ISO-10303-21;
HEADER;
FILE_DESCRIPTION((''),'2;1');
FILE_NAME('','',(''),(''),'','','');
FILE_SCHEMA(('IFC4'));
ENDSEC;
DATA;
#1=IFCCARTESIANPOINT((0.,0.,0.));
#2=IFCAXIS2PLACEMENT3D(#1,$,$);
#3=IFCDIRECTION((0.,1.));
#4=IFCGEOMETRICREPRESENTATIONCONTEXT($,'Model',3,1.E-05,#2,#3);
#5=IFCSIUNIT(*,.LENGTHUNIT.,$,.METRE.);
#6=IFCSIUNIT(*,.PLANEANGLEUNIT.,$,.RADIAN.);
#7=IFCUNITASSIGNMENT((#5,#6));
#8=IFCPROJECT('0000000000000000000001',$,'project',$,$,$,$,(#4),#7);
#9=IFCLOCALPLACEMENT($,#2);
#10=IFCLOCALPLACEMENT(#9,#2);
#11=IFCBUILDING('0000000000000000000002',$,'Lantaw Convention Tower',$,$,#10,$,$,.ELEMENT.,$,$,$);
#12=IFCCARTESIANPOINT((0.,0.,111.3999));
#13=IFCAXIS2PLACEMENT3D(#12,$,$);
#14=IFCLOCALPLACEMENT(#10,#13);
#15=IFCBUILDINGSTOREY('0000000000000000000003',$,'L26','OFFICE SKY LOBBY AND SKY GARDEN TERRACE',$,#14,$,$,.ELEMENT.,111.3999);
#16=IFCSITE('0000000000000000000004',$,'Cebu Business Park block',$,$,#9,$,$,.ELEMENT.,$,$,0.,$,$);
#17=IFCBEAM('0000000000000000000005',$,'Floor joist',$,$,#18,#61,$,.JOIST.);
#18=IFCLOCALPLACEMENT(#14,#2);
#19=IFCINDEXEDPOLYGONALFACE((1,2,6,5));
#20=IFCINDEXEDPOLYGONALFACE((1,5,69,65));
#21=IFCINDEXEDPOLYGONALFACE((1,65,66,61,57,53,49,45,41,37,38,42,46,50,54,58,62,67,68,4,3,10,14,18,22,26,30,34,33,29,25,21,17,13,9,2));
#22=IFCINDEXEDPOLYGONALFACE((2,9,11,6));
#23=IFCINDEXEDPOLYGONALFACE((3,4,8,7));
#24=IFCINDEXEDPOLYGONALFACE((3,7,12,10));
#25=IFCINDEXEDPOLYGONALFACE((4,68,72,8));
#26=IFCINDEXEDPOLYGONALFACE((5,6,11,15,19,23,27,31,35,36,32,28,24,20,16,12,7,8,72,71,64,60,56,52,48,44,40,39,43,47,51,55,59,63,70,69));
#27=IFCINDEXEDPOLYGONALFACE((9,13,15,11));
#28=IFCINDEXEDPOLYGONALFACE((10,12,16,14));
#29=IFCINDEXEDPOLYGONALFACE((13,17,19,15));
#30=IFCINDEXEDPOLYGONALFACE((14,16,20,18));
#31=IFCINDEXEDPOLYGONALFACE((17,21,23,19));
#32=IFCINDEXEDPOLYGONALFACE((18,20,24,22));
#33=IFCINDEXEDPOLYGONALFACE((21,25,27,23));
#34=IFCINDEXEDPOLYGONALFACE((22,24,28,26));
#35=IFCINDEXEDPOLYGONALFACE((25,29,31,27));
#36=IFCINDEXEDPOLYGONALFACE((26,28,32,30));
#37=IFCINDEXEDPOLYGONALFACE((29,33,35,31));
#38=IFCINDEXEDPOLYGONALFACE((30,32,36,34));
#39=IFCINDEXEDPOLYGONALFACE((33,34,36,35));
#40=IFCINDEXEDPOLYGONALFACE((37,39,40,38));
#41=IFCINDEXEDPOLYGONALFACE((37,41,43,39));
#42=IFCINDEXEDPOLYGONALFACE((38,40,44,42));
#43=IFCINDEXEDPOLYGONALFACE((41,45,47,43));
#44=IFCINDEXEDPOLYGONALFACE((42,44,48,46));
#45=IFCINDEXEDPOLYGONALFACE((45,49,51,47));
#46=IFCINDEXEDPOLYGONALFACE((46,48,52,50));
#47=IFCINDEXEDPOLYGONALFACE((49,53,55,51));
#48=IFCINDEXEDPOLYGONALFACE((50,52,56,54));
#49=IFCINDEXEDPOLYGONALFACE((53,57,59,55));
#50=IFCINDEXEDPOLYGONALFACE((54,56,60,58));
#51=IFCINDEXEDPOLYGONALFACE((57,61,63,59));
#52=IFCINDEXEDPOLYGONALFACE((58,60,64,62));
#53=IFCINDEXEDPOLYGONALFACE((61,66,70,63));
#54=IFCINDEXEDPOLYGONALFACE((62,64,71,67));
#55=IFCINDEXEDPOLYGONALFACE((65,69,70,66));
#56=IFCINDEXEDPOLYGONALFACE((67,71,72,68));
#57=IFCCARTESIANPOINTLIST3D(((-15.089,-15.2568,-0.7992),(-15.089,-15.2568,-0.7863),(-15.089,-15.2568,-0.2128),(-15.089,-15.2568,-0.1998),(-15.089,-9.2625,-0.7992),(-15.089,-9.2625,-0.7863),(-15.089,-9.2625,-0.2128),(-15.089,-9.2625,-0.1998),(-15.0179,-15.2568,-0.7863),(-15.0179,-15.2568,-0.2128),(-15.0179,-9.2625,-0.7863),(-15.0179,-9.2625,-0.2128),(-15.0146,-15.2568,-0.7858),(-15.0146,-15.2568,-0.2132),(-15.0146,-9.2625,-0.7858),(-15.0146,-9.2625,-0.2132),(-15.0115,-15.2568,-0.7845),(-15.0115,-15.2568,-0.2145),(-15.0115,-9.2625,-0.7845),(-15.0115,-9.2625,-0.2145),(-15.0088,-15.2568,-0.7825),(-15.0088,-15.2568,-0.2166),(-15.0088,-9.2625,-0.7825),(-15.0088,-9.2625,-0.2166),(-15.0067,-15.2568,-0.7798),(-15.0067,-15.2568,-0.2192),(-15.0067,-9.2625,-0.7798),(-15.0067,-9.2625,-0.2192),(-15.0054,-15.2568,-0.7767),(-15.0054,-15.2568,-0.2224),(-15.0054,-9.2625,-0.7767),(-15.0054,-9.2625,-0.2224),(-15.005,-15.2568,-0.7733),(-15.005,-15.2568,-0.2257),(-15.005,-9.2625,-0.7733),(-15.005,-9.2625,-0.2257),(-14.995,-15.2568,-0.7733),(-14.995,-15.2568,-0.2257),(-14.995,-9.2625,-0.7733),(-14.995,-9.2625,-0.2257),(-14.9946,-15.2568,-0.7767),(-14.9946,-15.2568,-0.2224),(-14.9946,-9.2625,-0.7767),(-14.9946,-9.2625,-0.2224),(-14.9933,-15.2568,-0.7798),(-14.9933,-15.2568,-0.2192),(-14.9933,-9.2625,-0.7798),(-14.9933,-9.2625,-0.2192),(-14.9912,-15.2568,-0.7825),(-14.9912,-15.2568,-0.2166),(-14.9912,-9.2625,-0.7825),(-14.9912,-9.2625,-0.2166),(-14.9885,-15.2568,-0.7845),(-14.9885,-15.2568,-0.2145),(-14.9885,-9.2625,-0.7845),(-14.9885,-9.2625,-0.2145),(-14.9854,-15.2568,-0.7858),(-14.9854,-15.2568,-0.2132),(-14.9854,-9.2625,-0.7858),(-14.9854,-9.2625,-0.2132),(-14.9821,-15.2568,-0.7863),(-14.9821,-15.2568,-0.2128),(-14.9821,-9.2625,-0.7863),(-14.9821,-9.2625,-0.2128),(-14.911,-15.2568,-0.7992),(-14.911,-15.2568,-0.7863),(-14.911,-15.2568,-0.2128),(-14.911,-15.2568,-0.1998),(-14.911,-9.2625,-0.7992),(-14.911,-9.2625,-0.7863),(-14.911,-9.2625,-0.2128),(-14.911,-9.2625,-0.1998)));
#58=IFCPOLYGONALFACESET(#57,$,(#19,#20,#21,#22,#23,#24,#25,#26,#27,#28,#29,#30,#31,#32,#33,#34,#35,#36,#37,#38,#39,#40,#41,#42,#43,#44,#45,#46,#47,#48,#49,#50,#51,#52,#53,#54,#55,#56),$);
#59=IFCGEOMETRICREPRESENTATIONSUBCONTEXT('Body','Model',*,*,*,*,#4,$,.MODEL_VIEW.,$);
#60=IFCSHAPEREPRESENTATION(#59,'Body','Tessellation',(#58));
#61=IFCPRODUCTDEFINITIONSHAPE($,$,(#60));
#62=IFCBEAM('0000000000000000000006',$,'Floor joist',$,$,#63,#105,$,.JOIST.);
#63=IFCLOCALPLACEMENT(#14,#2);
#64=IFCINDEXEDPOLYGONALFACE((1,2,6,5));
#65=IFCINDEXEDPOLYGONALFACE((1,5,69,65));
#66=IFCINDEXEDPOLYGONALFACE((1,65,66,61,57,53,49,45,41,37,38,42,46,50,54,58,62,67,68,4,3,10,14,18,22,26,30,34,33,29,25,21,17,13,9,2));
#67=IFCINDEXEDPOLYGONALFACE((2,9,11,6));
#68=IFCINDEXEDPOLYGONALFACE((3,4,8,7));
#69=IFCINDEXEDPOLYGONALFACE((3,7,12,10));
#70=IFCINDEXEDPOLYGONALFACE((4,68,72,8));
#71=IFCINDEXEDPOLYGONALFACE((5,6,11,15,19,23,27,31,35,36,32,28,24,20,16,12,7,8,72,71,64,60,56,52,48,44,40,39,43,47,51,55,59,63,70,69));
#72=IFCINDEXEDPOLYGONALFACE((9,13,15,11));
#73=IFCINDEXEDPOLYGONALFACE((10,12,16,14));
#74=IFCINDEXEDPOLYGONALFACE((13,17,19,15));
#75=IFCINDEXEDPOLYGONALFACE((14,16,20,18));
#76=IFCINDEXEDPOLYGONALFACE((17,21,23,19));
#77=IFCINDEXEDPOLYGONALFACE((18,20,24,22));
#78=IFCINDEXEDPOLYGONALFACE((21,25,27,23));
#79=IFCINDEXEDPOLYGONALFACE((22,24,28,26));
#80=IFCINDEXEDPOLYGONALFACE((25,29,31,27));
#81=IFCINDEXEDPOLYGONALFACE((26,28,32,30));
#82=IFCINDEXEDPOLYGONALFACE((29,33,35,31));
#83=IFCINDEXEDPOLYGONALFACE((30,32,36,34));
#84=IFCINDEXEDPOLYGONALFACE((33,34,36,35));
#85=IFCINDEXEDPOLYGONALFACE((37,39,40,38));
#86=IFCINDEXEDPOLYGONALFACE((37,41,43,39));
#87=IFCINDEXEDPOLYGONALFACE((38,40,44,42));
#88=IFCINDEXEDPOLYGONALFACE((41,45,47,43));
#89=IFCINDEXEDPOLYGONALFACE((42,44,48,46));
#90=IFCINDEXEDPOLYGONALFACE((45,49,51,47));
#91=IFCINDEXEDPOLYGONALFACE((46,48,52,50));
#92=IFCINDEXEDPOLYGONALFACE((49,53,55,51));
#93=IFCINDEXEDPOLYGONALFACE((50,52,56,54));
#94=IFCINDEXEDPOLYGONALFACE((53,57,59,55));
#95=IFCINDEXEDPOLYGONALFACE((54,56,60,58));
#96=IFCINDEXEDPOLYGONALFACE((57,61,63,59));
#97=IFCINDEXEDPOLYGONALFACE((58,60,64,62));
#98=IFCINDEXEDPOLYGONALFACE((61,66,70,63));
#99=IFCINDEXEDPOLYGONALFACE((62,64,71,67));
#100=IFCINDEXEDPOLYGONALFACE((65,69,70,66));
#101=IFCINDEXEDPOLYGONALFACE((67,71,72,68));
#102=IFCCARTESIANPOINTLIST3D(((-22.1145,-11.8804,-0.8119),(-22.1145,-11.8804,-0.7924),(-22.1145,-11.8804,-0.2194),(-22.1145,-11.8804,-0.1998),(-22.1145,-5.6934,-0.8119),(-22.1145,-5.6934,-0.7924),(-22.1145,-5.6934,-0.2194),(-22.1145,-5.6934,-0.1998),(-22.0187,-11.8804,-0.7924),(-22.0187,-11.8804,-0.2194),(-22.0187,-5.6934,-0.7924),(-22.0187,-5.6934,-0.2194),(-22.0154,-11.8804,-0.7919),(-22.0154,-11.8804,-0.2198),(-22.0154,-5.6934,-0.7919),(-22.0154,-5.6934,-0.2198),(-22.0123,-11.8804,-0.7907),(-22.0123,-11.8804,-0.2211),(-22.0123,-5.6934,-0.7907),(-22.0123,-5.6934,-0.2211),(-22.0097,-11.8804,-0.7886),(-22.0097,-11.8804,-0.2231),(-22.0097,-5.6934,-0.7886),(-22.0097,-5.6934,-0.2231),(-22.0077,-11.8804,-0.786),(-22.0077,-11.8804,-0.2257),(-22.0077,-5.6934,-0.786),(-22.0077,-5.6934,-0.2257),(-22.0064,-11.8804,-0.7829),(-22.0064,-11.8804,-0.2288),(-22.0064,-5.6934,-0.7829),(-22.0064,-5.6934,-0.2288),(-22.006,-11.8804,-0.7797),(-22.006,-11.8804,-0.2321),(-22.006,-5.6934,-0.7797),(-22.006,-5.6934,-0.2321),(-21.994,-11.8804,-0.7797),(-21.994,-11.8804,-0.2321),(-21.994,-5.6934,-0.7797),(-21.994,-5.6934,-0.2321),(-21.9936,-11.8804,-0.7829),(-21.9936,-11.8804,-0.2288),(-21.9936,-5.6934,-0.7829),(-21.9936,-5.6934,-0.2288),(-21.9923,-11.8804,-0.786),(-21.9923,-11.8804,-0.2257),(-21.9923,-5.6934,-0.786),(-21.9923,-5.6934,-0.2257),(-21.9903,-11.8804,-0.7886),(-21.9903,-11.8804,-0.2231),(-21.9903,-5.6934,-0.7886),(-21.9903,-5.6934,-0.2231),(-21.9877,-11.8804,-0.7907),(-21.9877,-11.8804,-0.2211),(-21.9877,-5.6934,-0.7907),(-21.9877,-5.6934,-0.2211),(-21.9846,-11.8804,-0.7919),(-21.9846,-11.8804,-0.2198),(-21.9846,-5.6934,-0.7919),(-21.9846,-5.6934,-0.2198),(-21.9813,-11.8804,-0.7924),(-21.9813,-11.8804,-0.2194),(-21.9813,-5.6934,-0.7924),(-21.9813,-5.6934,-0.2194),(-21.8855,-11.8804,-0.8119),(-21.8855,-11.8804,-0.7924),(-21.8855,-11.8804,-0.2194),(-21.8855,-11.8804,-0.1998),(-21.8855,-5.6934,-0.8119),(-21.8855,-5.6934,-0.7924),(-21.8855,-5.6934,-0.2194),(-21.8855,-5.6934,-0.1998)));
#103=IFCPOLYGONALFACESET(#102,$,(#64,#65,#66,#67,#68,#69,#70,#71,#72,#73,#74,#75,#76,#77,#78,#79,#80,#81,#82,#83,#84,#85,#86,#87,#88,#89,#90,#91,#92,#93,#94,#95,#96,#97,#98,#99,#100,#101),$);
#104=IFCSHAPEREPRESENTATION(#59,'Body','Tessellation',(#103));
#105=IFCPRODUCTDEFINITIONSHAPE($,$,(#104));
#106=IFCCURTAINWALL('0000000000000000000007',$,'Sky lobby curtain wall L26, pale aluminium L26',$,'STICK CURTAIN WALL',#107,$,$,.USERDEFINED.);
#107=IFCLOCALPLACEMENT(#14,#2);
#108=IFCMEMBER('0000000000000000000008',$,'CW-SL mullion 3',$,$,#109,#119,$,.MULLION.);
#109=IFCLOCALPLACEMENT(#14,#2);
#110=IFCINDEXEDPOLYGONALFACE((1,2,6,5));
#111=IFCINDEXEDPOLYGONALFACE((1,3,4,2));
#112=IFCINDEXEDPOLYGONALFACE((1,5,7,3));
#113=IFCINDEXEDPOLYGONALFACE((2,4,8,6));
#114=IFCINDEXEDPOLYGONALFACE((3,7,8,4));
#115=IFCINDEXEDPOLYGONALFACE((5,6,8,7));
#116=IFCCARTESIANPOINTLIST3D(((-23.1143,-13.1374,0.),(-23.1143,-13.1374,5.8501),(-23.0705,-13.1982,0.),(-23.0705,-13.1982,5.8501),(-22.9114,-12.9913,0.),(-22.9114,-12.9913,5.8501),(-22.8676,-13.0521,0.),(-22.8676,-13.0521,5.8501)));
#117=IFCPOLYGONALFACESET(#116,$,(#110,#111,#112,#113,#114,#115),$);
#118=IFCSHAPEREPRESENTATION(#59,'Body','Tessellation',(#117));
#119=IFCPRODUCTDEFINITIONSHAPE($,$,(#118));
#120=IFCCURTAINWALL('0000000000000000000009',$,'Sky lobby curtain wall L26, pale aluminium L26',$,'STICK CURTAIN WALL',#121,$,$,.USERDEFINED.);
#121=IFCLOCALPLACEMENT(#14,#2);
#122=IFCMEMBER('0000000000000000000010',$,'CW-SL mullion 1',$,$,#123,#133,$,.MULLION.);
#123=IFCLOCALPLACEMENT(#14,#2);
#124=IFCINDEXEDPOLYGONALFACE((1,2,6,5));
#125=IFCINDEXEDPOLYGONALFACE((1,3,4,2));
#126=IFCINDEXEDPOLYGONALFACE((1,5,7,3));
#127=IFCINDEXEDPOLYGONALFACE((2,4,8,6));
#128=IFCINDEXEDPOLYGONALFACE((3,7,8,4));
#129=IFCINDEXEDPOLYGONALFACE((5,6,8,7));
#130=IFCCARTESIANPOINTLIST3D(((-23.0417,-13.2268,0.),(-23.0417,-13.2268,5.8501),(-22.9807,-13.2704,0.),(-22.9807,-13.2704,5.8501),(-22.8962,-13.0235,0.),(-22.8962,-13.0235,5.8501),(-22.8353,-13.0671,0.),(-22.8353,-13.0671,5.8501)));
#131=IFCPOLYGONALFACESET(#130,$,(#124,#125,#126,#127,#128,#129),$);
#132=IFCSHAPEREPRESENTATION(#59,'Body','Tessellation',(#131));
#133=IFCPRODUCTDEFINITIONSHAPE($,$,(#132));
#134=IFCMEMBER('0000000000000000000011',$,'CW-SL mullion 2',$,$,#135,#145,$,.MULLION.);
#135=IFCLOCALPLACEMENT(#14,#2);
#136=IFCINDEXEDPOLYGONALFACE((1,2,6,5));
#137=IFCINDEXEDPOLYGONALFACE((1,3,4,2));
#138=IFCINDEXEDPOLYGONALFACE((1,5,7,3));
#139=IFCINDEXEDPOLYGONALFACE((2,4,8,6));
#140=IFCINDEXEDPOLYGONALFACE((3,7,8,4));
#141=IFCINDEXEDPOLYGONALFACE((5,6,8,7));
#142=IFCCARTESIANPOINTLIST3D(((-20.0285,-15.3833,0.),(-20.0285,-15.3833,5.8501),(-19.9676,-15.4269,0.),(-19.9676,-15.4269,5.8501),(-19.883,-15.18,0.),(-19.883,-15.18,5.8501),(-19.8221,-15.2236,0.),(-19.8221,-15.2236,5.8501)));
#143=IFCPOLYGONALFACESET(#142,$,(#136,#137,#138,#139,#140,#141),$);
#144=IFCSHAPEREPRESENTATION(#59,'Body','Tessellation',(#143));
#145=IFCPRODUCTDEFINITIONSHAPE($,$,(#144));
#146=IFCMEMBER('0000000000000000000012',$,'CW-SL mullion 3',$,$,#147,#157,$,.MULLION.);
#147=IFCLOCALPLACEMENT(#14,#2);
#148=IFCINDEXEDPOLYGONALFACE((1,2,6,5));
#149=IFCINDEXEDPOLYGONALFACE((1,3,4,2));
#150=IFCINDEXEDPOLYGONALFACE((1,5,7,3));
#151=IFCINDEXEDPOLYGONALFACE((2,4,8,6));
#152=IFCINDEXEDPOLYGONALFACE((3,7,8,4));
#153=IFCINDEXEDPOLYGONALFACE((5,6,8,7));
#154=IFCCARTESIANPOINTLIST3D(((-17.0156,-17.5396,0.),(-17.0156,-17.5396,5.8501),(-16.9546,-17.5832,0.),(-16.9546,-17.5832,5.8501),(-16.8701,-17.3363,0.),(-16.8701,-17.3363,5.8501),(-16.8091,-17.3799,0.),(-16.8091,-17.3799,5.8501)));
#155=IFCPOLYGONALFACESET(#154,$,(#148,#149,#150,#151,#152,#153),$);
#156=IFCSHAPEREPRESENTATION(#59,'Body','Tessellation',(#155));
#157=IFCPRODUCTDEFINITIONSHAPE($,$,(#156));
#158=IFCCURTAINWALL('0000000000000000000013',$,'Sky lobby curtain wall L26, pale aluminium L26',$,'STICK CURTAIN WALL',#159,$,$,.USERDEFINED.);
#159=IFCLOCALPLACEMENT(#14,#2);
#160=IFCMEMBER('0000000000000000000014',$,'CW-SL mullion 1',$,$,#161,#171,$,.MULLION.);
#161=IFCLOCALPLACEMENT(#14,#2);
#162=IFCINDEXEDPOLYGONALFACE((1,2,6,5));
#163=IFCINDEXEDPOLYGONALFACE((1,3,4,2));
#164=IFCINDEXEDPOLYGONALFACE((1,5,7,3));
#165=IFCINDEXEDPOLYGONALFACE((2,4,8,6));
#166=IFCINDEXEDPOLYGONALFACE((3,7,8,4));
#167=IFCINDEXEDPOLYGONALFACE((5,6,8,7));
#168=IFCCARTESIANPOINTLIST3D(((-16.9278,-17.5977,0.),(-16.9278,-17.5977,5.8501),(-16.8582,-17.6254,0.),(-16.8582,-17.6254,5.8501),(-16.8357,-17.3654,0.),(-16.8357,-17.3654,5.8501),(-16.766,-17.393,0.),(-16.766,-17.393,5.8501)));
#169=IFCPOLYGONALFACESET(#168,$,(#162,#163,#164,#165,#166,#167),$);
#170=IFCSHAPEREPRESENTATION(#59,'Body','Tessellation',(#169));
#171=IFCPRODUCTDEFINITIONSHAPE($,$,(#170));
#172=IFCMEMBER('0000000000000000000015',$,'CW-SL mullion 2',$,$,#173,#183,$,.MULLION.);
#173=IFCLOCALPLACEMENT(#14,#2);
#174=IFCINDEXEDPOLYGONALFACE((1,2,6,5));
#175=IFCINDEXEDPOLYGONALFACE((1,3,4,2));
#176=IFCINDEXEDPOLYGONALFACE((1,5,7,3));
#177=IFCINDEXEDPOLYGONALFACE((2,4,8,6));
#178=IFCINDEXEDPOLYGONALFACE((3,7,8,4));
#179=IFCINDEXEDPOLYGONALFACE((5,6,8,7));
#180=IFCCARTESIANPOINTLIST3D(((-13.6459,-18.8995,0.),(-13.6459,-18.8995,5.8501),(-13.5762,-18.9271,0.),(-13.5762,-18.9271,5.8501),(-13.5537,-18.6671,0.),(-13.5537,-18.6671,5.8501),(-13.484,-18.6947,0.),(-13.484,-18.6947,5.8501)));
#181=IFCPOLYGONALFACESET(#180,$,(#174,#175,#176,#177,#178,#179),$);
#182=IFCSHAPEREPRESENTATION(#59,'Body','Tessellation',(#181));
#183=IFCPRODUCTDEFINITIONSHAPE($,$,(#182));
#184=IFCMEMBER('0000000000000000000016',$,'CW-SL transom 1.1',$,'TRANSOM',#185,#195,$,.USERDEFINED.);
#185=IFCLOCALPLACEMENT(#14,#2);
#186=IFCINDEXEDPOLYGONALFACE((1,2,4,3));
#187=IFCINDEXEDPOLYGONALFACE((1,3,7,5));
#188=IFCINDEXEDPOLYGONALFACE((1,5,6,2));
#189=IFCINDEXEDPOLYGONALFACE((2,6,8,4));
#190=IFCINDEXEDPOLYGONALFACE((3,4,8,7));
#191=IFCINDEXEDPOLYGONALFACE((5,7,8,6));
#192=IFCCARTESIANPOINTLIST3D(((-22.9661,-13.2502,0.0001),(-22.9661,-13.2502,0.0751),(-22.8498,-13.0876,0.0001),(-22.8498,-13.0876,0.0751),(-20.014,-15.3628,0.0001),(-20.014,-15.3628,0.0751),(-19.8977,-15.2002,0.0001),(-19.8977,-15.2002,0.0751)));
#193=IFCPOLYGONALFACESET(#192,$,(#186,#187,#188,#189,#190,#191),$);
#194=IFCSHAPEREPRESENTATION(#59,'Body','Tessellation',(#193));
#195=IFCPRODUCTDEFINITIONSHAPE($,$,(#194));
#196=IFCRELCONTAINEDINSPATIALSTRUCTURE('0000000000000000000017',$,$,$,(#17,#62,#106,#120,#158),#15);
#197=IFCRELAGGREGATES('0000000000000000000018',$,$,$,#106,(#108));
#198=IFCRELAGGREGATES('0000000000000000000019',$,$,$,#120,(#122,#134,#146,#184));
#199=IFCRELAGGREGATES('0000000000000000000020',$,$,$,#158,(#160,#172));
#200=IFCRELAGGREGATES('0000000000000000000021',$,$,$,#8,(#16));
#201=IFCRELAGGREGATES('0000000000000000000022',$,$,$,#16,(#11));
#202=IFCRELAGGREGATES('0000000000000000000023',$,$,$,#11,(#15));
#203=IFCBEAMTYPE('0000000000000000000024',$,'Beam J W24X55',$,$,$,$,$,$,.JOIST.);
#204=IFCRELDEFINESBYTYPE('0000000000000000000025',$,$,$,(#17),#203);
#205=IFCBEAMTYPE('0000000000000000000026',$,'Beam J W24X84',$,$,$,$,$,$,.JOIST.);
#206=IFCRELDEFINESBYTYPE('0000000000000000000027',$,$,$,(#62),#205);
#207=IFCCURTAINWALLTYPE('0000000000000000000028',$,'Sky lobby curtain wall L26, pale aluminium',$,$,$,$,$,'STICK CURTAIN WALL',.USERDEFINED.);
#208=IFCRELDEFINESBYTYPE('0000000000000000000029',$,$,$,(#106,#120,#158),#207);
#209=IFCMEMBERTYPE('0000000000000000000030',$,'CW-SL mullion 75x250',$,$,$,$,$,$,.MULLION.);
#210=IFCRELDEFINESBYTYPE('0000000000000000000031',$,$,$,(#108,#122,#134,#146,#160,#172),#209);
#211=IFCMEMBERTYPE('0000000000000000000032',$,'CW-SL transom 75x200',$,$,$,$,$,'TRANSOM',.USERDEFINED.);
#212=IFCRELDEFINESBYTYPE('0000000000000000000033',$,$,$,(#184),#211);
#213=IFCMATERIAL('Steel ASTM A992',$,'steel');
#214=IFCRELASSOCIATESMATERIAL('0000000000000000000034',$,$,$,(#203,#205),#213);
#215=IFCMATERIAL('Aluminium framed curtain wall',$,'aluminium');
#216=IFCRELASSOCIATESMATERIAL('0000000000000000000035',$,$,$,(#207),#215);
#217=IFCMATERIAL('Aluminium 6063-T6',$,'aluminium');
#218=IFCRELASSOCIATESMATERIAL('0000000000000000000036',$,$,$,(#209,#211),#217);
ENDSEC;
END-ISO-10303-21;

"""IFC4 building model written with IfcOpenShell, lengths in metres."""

from ifc_helpers import new_model, si_unit, direction, frame, origin, origin_2d, place, context, subcontext, project, spatial, rectangle, i_section, extrude, material, material_profile, profile_set, type_object, element, aggregate, save


model = new_model("IFC4")

# Units and contexts
model_context = context("Model", 3, precision=1e-05, world=origin(), true_north=direction((0.0, 1.0)))
body_context = subcontext(model_context, "Body", "Model", "MODEL_VIEW")
ifc_project = project(units=[si_unit("LENGTHUNIT", "METRE"), si_unit("PLANEANGLEUNIT", "RADIAN")], contexts=[model_context])

# Site, building, storey
site_placement = place(None, origin())
site = spatial("IfcSite", under=ifc_project, at=site_placement, Name="Cebu Business Park block", CompositionType="ELEMENT", RefElevation=0.0)
building_placement = place(site_placement, origin())
building = spatial("IfcBuilding", under=site, at=building_placement, Name="Lantaw Convention Tower", CompositionType="ELEMENT")
storey_placement = place(building_placement, frame((0.0, 0.0, 111.3999)))
storey = spatial("IfcBuildingStorey", under=building, at=storey_placement, Name="L26", Description="OFFICE SKY LOBBY AND SKY GARDEN TERRACE", CompositionType="ELEMENT", Elevation=111.3999)

# Beams
ifc_material_1 = material(Name="Steel ASTM A992", Category="steel")
ifc_material_profile_1 = material_profile(ifc_material_1, i_section(OverallWidth=0.178, OverallDepth=0.5994, WebThickness=0.01, FlangeThickness=0.0129, FilletRadius=0.0129, at=origin_2d()), Name="W24X55")
ifc_profile_set_1 = profile_set([ifc_material_profile_1], Name="Steel ASTM A992")
beam_type_1 = type_object("IfcBeamType", Name="Beam J W24X55", PredefinedType="JOIST", material=ifc_profile_set_1)
beam_1_placement = place(storey_placement, frame((-15.0, -15.2568, -0.4995), z_axis=(0.0, 1.0, 0.0), x_axis=(-1.0, 0.0, 0.0)))
element("IfcBeam", 1, at=beam_1_placement, inside=storey, type_object=beam_type_1, Name="Floor joist", PredefinedType="JOIST", context=body_context, shape_type="SweptSolid", body=[
    extrude(i_section(OverallWidth=0.178, OverallDepth=0.5994, WebThickness=0.01, FlangeThickness=0.0129, FilletRadius=0.0129, at=origin_2d()), origin(), (0.0, 0.0, 1.0), 5.9944),
])
ifc_material_profile_2 = material_profile(ifc_material_1, i_section(OverallWidth=0.229, OverallDepth=0.6121, WebThickness=0.012, FlangeThickness=0.0195, FilletRadius=0.0127, at=origin_2d()), Name="W24X84")
ifc_profile_set_2 = profile_set([ifc_material_profile_2], Name="Steel ASTM A992")
beam_type_2 = type_object("IfcBeamType", Name="Beam J W24X84", PredefinedType="JOIST", material=ifc_profile_set_2)
beam_2_placement = place(storey_placement, frame((-22.0, -11.8804, -0.5059), z_axis=(0.0, 1.0, 0.0), x_axis=(-1.0, 0.0, 0.0)))
element("IfcBeam", 2, at=beam_2_placement, inside=storey, type_object=beam_type_2, Name="Floor joist", PredefinedType="JOIST", context=body_context, shape_type="SweptSolid", body=[
    extrude(i_section(OverallWidth=0.229, OverallDepth=0.6121, WebThickness=0.012, FlangeThickness=0.0195, FilletRadius=0.0127, at=origin_2d()), origin(), (0.0, 0.0, 1.0), 6.187),
])

# Curtain wall, member
ifc_material_2 = material(Name="Aluminium framed curtain wall", Category="aluminium")
curtain_wall_type = type_object("IfcCurtainWallType", Name="Sky lobby curtain wall L26, pale aluminium", ElementType="STICK CURTAIN WALL", PredefinedType="USERDEFINED", material=ifc_material_2)
curtain_wall_1_placement = place(storey_placement, origin())
curtain_wall_1 = element("IfcCurtainWall", 3, at=curtain_wall_1_placement, inside=storey, type_object=curtain_wall_type, Name="Sky lobby curtain wall L26, pale aluminium L26", ObjectType="STICK CURTAIN WALL", PredefinedType="USERDEFINED")
ifc_material_3 = material(Name="Aluminium 6063-T6", Category="aluminium")
ifc_material_profile_3 = material_profile(ifc_material_3, rectangle(XDim=0.25, YDim=0.075, at=origin_2d()), Name="CW-SL mullion 75x250")
ifc_profile_set_3 = profile_set([ifc_material_profile_3], Name="Aluminium 6063-T6")
member_type_1 = type_object("IfcMemberType", Name="CW-SL mullion 75x250", PredefinedType="MULLION", material=ifc_profile_set_3)
member_1_placement = place(storey_placement, frame((-22.991, -13.0947, 0.0), z_axis=(0.0, 0.0, 1.0), x_axis=(0.811385, 0.584513, 0.0)))
member_1 = element("IfcMember", 4, at=member_1_placement, type_object=member_type_1, Name="CW-SL mullion 3", PredefinedType="MULLION", context=body_context, shape_type="SweptSolid", body=[
    extrude(rectangle(XDim=0.25, YDim=0.075, at=origin_2d()), origin(), (0.0, 0.0, 1.0), 5.8501),
])

# Curtain walls, members
curtain_wall_2_placement = place(storey_placement, origin())
curtain_wall_2 = element("IfcCurtainWall", 5, at=curtain_wall_2_placement, inside=storey, type_object=curtain_wall_type, Name="Sky lobby curtain wall L26, pale aluminium L26", ObjectType="STICK CURTAIN WALL", PredefinedType="USERDEFINED")
member_2_placement = place(storey_placement, frame((-22.9385, -13.147, 0.0), z_axis=(0.0, 0.0, 1.0), x_axis=(0.581973, 0.813208, 0.0)))
member_2 = element("IfcMember", 6, at=member_2_placement, type_object=member_type_1, Name="CW-SL mullion 1", PredefinedType="MULLION", context=body_context, shape_type="SweptSolid", body=[
    extrude(rectangle(XDim=0.25, YDim=0.075, at=origin_2d()), origin(), (0.0, 0.0, 1.0), 5.8501),
])
member_3_placement = place(storey_placement, frame((-19.9253, -15.3035, 0.0), z_axis=(0.0, 0.0, 1.0), x_axis=(0.581973, 0.813208, 0.0)))
member_3 = element("IfcMember", 7, at=member_3_placement, type_object=member_type_1, Name="CW-SL mullion 2", PredefinedType="MULLION", context=body_context, shape_type="SweptSolid", body=[
    extrude(rectangle(XDim=0.25, YDim=0.075, at=origin_2d()), origin(), (0.0, 0.0, 1.0), 5.8501),
])
member_4_placement = place(storey_placement, frame((-16.9124, -17.4597, 0.0), z_axis=(0.0, 0.0, 1.0), x_axis=(0.581973, 0.813208, 0.0)))
member_4 = element("IfcMember", 8, at=member_4_placement, type_object=member_type_1, Name="CW-SL mullion 3", PredefinedType="MULLION", context=body_context, shape_type="SweptSolid", body=[
    extrude(rectangle(XDim=0.25, YDim=0.075, at=origin_2d()), origin(), (0.0, 0.0, 1.0), 5.8501),
])
curtain_wall_3_placement = place(storey_placement, origin())
curtain_wall_3 = element("IfcCurtainWall", 9, at=curtain_wall_3_placement, inside=storey, type_object=curtain_wall_type, Name="Sky lobby curtain wall L26, pale aluminium L26", ObjectType="STICK CURTAIN WALL", PredefinedType="USERDEFINED")
member_5_placement = place(storey_placement, frame((-16.8469, -17.4954, 0.0), z_axis=(0.0, 0.0, 1.0), x_axis=(0.368702, 0.929548, 0.0)))
member_5 = element("IfcMember", 10, at=member_5_placement, type_object=member_type_1, Name="CW-SL mullion 1", PredefinedType="MULLION", context=body_context, shape_type="SweptSolid", body=[
    extrude(rectangle(XDim=0.25, YDim=0.075, at=origin_2d()), origin(), (0.0, 0.0, 1.0), 5.8501),
])
member_6_placement = place(storey_placement, frame((-13.5649, -18.7971, 0.0), z_axis=(0.0, 0.0, 1.0), x_axis=(0.368702, 0.929548, 0.0)))
member_6 = element("IfcMember", 11, at=member_6_placement, type_object=member_type_1, Name="CW-SL mullion 2", PredefinedType="MULLION", context=body_context, shape_type="SweptSolid", body=[
    extrude(rectangle(XDim=0.25, YDim=0.075, at=origin_2d()), origin(), (0.0, 0.0, 1.0), 5.8501),
])

# Member
ifc_material_profile_4 = material_profile(ifc_material_3, rectangle(XDim=0.2, YDim=0.075, at=origin_2d()), Name="CW-SL transom 75x200")
ifc_profile_set_4 = profile_set([ifc_material_profile_4], Name="Aluminium 6063-T6")
member_type_2 = type_object("IfcMemberType", Name="CW-SL transom 75x200", ElementType="TRANSOM", PredefinedType="USERDEFINED", material=ifc_profile_set_4)
member_7_placement = place(storey_placement, frame((-22.908, -13.1689, 0.0376), z_axis=(0.813229, -0.581944, 0.0), x_axis=(0.581944, 0.813229, 0.0)))
member_7 = element("IfcMember", 12, at=member_7_placement, type_object=member_type_2, Name="CW-SL transom 1.1", ObjectType="TRANSOM", PredefinedType="USERDEFINED", context=body_context, shape_type="SweptSolid", body=[
    extrude(rectangle(XDim=0.2, YDim=0.075, at=origin_2d()), origin(), (0.0, 0.0, 1.0), 3.6301),
])

aggregate(curtain_wall_1, [member_1])
aggregate(curtain_wall_2, [member_2, member_3, member_4, member_7])
aggregate(curtain_wall_3, [member_5, member_6])

save(model, "model.ifc")
